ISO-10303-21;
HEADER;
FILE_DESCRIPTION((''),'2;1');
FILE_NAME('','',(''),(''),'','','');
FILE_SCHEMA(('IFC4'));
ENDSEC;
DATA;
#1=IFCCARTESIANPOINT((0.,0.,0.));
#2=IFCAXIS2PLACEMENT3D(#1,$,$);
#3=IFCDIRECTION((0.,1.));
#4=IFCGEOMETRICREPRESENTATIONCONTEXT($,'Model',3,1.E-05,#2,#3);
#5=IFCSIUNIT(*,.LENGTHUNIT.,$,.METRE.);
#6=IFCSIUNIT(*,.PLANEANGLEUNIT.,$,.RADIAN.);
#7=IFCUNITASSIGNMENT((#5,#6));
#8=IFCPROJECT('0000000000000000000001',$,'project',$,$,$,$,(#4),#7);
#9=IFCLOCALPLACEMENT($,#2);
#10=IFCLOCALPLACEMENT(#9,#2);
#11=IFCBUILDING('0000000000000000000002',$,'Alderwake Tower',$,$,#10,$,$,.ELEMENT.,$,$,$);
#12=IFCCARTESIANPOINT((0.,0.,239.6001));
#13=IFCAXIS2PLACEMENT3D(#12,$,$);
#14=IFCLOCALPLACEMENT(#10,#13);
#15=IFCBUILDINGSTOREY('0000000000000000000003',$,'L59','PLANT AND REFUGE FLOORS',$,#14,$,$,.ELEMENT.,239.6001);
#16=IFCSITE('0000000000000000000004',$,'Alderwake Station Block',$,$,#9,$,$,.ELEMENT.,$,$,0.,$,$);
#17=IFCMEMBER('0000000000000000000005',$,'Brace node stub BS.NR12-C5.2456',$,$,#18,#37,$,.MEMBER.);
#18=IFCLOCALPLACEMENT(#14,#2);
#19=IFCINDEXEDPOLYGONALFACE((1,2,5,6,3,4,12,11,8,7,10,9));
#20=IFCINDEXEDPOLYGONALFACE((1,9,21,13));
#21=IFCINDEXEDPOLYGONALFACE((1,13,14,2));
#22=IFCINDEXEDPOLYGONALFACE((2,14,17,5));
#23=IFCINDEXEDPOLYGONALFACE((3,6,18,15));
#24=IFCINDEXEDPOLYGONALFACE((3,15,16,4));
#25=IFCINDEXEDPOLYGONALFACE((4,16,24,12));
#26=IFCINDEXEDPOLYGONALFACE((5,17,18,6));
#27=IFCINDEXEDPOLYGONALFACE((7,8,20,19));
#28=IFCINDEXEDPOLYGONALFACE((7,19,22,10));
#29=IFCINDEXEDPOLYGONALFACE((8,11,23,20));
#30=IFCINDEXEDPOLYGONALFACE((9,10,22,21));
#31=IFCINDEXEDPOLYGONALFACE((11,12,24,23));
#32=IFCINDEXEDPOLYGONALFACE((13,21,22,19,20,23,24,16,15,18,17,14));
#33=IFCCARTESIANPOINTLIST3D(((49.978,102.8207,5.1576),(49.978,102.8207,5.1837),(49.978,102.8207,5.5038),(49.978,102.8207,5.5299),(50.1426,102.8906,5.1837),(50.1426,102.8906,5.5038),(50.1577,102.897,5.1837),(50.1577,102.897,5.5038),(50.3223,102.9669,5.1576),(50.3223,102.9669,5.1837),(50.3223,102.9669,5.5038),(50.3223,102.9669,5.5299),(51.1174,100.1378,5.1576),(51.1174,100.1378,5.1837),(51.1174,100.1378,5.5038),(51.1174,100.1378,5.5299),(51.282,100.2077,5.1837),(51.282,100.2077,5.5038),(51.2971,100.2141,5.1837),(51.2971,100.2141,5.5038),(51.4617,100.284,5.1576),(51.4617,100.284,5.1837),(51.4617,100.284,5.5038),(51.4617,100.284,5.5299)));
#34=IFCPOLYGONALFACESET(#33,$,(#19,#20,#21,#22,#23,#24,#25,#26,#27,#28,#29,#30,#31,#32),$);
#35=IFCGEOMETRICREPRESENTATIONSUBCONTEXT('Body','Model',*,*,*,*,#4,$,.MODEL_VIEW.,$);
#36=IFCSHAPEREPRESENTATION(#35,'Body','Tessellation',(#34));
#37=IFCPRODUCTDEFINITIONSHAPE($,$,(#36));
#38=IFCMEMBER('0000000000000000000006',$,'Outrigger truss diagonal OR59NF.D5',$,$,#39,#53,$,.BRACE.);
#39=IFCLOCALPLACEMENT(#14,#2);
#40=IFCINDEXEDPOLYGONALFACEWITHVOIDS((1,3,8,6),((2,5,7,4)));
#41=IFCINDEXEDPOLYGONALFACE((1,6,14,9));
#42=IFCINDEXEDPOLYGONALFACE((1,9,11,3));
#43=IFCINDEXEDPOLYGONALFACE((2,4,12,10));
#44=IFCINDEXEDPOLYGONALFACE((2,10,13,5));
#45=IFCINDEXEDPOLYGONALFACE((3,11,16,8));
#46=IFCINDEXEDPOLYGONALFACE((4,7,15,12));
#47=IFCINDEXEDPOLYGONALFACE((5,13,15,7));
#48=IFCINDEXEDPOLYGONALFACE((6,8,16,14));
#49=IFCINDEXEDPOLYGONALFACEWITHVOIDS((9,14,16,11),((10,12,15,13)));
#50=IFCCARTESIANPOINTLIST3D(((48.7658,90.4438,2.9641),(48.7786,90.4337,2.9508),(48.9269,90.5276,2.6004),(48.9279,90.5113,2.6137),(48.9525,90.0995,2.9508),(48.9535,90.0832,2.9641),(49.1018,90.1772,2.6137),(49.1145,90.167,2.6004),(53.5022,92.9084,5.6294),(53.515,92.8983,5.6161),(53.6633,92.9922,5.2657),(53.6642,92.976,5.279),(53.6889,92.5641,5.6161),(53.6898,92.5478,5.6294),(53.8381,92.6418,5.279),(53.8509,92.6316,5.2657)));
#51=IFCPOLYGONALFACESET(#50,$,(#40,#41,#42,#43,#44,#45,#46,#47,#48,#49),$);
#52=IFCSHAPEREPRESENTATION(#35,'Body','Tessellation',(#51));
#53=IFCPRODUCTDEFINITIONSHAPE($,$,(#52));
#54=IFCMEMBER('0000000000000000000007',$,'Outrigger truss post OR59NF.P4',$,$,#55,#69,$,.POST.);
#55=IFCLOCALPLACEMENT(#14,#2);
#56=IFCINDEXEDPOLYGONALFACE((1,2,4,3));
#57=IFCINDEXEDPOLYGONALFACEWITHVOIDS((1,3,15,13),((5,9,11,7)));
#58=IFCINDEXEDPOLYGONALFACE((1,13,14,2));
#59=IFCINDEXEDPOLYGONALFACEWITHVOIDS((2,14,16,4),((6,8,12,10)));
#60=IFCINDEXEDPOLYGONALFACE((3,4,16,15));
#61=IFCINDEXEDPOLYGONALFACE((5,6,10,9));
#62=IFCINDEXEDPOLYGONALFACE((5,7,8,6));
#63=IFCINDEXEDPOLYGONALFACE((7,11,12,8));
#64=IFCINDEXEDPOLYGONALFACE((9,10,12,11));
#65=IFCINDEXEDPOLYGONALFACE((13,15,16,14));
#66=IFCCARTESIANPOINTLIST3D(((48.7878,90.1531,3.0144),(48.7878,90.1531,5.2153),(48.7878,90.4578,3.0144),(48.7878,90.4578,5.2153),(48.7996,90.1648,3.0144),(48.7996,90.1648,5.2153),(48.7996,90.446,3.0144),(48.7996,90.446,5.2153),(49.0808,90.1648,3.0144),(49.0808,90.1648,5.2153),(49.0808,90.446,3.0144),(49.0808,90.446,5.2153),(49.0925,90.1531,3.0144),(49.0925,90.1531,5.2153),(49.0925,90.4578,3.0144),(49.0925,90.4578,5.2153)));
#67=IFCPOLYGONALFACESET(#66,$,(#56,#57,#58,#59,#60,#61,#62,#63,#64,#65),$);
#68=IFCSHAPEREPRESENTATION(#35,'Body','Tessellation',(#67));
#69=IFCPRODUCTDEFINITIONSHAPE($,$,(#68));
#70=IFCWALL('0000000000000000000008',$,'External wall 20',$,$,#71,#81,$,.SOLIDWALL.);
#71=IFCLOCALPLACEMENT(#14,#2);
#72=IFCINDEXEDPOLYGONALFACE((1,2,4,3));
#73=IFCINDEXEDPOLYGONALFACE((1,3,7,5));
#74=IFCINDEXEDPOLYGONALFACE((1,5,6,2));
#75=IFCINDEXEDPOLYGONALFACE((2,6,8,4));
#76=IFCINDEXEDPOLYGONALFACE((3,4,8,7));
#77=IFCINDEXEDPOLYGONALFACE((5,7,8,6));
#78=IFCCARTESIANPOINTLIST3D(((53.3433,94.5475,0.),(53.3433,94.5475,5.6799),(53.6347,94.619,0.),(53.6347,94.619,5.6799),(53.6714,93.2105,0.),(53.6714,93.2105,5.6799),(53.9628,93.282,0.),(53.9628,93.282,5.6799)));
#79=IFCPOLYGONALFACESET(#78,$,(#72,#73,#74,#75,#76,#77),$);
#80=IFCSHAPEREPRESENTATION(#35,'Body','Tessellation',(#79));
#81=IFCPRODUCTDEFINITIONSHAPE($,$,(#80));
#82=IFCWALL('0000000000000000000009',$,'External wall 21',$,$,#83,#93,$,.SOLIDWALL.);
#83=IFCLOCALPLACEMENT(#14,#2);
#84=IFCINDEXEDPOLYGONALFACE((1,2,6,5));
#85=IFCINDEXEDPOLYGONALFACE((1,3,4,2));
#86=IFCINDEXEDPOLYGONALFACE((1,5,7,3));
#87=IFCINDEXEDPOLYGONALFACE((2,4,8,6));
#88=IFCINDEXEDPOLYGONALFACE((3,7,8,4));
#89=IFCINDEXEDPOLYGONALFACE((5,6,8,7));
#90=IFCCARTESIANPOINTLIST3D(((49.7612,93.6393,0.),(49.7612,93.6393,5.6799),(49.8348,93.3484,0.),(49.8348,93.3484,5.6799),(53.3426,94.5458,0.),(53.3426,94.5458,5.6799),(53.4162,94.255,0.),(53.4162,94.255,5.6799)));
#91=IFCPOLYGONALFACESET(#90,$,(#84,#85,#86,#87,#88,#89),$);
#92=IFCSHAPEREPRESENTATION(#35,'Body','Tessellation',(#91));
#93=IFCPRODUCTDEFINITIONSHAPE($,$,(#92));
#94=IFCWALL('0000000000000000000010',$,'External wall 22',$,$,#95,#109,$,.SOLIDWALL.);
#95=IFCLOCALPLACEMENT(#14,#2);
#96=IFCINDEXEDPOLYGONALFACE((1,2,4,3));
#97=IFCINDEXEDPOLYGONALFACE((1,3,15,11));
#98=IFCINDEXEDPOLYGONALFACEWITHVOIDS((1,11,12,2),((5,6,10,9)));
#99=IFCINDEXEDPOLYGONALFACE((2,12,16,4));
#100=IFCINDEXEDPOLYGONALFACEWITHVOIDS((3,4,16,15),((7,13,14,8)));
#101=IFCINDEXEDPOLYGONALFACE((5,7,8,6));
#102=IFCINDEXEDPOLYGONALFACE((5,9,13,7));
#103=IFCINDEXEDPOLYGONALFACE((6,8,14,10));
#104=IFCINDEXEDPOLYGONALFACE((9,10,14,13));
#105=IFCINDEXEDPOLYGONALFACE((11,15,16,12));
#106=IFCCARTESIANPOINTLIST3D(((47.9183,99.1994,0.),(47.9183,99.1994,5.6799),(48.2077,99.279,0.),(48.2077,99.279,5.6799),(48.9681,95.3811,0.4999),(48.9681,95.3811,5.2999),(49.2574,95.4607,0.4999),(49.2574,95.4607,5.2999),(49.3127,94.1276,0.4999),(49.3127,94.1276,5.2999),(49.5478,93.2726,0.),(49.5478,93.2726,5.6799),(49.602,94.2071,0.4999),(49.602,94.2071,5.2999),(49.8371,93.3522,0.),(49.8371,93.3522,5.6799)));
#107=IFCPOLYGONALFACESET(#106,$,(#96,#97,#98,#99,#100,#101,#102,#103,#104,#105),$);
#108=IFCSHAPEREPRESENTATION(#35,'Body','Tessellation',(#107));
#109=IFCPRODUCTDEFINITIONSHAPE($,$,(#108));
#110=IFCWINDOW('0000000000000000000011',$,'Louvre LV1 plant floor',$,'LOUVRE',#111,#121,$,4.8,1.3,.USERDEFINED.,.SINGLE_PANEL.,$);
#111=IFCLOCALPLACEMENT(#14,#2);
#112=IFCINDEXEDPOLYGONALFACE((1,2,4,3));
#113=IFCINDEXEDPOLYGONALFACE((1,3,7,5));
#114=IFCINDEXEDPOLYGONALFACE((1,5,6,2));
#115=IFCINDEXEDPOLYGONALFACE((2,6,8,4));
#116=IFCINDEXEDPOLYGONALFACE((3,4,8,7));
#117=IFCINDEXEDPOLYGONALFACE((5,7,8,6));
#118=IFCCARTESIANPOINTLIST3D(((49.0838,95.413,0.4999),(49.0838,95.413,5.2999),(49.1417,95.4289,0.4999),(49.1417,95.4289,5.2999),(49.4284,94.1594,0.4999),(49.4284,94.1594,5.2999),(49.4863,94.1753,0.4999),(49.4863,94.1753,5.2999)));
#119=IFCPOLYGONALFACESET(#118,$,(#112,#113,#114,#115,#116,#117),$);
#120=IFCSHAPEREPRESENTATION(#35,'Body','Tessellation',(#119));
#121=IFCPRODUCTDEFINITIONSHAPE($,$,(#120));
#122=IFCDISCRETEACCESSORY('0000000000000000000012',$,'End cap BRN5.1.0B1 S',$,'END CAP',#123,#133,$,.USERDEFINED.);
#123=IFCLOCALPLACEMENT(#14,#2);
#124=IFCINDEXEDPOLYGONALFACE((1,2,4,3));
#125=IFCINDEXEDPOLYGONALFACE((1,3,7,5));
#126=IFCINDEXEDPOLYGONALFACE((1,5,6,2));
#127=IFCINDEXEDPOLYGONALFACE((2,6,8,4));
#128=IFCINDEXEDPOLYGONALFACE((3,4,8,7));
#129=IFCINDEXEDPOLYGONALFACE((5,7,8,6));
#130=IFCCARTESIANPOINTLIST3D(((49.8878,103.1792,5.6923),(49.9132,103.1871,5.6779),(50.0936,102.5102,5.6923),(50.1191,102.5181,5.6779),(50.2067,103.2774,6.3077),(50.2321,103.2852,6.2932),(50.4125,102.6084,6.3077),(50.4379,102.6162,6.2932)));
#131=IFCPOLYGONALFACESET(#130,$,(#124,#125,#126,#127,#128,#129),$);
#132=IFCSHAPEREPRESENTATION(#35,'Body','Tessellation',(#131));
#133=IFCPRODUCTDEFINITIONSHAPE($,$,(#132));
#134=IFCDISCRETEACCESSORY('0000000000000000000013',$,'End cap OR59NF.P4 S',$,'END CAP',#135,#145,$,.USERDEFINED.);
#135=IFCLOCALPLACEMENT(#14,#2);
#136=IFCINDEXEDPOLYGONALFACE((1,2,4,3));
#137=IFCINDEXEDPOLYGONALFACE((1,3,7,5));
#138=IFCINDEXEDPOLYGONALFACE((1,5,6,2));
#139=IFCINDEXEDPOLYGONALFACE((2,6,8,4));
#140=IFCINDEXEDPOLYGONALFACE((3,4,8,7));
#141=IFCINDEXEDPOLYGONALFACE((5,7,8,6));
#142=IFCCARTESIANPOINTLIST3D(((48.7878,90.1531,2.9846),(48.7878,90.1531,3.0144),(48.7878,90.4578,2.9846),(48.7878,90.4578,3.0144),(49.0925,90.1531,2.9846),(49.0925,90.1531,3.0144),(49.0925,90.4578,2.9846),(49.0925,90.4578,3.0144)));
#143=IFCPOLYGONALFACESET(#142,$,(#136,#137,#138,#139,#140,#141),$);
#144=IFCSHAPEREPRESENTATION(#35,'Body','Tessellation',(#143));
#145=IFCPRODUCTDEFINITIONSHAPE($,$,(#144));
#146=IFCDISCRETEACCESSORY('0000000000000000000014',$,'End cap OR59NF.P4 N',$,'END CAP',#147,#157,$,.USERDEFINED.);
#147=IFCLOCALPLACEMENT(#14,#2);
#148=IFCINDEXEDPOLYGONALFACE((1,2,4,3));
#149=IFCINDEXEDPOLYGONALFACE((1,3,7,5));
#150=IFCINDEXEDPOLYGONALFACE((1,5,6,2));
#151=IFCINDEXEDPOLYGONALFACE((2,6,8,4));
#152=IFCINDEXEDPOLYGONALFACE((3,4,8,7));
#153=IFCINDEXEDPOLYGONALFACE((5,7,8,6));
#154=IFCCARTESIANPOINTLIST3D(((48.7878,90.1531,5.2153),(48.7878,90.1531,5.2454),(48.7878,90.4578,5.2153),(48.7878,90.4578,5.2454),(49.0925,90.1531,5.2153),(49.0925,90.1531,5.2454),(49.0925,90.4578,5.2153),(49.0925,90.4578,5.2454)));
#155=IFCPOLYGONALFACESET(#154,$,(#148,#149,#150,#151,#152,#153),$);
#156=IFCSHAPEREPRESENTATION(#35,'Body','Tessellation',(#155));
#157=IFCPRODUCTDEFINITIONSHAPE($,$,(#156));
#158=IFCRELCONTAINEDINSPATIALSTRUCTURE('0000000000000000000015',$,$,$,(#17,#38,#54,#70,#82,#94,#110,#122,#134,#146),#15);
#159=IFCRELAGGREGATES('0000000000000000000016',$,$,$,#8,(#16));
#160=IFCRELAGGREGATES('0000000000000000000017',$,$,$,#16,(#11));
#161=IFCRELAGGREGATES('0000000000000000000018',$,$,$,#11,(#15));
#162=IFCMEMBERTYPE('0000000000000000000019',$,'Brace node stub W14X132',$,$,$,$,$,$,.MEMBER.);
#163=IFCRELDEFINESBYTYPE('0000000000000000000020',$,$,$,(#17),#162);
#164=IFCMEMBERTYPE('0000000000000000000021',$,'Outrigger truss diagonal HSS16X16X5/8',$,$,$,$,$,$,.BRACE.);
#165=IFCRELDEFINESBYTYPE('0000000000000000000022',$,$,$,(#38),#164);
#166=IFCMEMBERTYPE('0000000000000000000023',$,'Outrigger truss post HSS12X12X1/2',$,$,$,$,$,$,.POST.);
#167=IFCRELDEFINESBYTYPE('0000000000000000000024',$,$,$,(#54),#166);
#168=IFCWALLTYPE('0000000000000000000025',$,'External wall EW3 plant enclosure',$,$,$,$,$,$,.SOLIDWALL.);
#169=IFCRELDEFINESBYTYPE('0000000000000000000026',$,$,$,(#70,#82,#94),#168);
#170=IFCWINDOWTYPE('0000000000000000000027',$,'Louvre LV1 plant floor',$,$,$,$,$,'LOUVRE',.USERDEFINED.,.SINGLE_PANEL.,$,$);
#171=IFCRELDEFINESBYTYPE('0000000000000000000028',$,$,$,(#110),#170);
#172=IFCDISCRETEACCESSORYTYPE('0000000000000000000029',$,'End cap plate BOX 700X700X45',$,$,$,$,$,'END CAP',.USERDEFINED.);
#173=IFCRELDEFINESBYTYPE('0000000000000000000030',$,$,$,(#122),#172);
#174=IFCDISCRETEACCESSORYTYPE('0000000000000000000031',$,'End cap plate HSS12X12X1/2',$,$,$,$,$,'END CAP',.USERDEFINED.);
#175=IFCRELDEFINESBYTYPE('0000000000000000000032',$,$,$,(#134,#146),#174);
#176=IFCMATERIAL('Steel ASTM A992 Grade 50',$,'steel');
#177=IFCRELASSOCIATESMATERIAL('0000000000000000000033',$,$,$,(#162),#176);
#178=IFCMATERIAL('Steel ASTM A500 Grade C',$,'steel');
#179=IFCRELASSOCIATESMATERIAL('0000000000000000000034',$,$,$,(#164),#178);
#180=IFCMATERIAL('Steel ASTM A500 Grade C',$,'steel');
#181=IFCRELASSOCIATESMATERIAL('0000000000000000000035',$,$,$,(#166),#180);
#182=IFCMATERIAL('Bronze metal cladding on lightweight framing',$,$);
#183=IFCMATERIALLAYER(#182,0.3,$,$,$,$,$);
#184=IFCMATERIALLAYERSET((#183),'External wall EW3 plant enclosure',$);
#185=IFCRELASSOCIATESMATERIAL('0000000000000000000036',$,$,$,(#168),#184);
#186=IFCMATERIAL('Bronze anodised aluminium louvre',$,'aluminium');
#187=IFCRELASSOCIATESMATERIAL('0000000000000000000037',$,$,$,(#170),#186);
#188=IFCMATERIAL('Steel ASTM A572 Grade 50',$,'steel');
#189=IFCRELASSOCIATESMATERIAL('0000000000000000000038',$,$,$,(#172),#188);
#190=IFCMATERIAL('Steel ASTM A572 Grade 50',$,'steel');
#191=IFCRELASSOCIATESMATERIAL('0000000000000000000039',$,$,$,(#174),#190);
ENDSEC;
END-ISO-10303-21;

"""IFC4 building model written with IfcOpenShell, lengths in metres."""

from ifc_helpers import new_model, si_unit, direction, frame, frame_2d, origin, origin_2d, place, context, subcontext, project, spatial, rectangle, hollow_rectangle, i_section, extrude, material, layer, layer_set, material_profile, profile_set, type_object, element, fill, save


model = new_model("IFC4")

# Units and contexts
model_context = context("Model", 3, precision=1e-05, world=origin(), true_north=direction((0.0, 1.0)))
body_context = subcontext(model_context, "Body", "Model", "MODEL_VIEW")
ifc_project = project(units=[si_unit("LENGTHUNIT", "METRE"), si_unit("PLANEANGLEUNIT", "RADIAN")], contexts=[model_context])

# Site, building, storey
site_placement = place(None, origin())
site = spatial("IfcSite", under=ifc_project, at=site_placement, Name="Alderwake Station Block", CompositionType="ELEMENT", RefElevation=0.0)
building_placement = place(site_placement, origin())
building = spatial("IfcBuilding", under=site, at=building_placement, Name="Alderwake Tower", CompositionType="ELEMENT")
storey_placement = place(building_placement, frame((0.0, 0.0, 239.6001)))
storey = spatial("IfcBuildingStorey", under=building, at=storey_placement, Name="L59", Description="PLANT AND REFUGE FLOORS", CompositionType="ELEMENT", Elevation=239.6001)

# Members
ifc_material_1 = material(Name="Steel ASTM A992 Grade 50", Category="steel")
ifc_material_profile_1 = material_profile(ifc_material_1, i_section(OverallWidth=0.374, OverallDepth=0.3723, WebThickness=0.0164, FlangeThickness=0.0261, at=origin_2d()), Name="W14X132")
ifc_profile_set_1 = profile_set([ifc_material_profile_1], Name="Steel ASTM A992 Grade 50")
member_type_1 = type_object("IfcMemberType", Name="Brace node stub W14X132", PredefinedType="MEMBER", material=ifc_profile_set_1)
member_1_placement = place(storey_placement, frame((51.2896, 100.2109, 5.3438), z_axis=(-0.390905, 0.920431, 0.0), x_axis=(-0.920431, -0.390905, 0.0)))
element("IfcMember", 1, at=member_1_placement, inside=storey, type_object=member_type_1, Name="Brace node stub BS.NR12-C5.2456", PredefinedType="MEMBER", context=body_context, shape_type="SweptSolid", body=[
    extrude(i_section(OverallWidth=0.374, OverallDepth=0.3723, WebThickness=0.0164, FlangeThickness=0.0261, at=origin_2d()), origin(), (0.0, 0.0, 1.0), 2.9148),
])
ifc_material_2 = material(Name="Steel ASTM A500 Grade C", Category="steel")
ifc_material_profile_2 = material_profile(ifc_material_2, hollow_rectangle(XDim=0.4065, YDim=0.4065, WallThickness=0.0149, at=origin_2d()), Name="HSS16X16X5/8")
ifc_profile_set_2 = profile_set([ifc_material_profile_2], Name="Steel ASTM A500 Grade C")
member_type_2 = type_object("IfcMemberType", Name="Outrigger truss diagonal HSS16X16X5/8", PredefinedType="BRACE", material=ifc_profile_set_2)
member_2_placement = place(storey_placement, frame((48.9402, 90.3054, 2.7822), z_axis=(0.79369, 0.413005, 0.446635), x_axis=(-0.461605, 0.887086, 0.0)))
element("IfcMember", 2, at=member_2_placement, inside=storey, type_object=member_type_2, Name="Outrigger truss diagonal OR59NF.D5", PredefinedType="BRACE", context=body_context, shape_type="SweptSolid", body=[
    extrude(hollow_rectangle(XDim=0.4065, YDim=0.4065, WallThickness=0.0149, at=origin_2d()), origin(), (0.0, 0.0, 1.0), 5.9675),
])
ifc_material_3 = material(Name="Steel ASTM A500 Grade C", Category="steel")
ifc_material_profile_3 = material_profile(ifc_material_3, hollow_rectangle(XDim=0.3047, YDim=0.3047, WallThickness=0.0117, at=origin_2d()), Name="HSS12X12X1/2")
ifc_profile_set_3 = profile_set([ifc_material_profile_3], Name="Steel ASTM A500 Grade C")
member_type_3 = type_object("IfcMemberType", Name="Outrigger truss post HSS12X12X1/2", PredefinedType="POST", material=ifc_profile_set_3)
member_3_placement = place(storey_placement, frame((48.9402, 90.3054, 3.0144), z_axis=(0.0, 0.0, 1.0), x_axis=(1.0, 0.0, 0.0)))
element("IfcMember", 3, at=member_3_placement, inside=storey, type_object=member_type_3, Name="Outrigger truss post OR59NF.P4", PredefinedType="POST", context=body_context, shape_type="SweptSolid", body=[
    extrude(hollow_rectangle(XDim=0.3047, YDim=0.3047, WallThickness=0.0117, at=origin_2d()), origin(), (0.0, 0.0, 1.0), 2.2009),
])

# Walls
ifc_material_4 = material(Name="Bronze metal cladding on lightweight framing")
ifc_layer = layer(ifc_material_4, 0.3)
ifc_layer_set = layer_set([ifc_layer], Name="External wall EW3 plant enclosure")
wall_type = type_object("IfcWallType", Name="External wall EW3 plant enclosure", PredefinedType="SOLIDWALL", material=ifc_layer_set)
wall_1_placement = place(storey_placement, frame((53.8171, 93.2461, 0.0), z_axis=(0.0, 0.0, 1.0), x_axis=(-0.23836, 0.971177, 0.0)))
element("IfcWall", 4, at=wall_1_placement, inside=storey, type_object=wall_type, Name="External wall 20", PredefinedType="SOLIDWALL", context=body_context, shape_type="SweptSolid", body=[
    extrude(rectangle(XDim=1.3767, YDim=0.3, at=frame_2d((0.6885, 0.0))), origin(), (0.0, 0.0, 1.0), 5.6799),
])
wall_2_placement = place(storey_placement, frame((53.3794, 94.4004, 0.0), z_axis=(0.0, 0.0, 1.0), x_axis=(-0.969427, -0.24538, 0.0)))
element("IfcWall", 5, at=wall_2_placement, inside=storey, type_object=wall_type, Name="External wall 21", PredefinedType="SOLIDWALL", context=body_context, shape_type="SweptSolid", body=[
    extrude(rectangle(XDim=3.6943, YDim=0.3, at=frame_2d((1.8472, 0.0))), origin(), (0.0, 0.0, 1.0), 5.6799),
])

# Wall, opening, window
wall_3_placement = place(storey_placement, frame((49.6924, 93.3125, 0.0), z_axis=(0.0, 0.0, 1.0), x_axis=(-0.265086, 0.964225, 0.0)))
wall_3 = element("IfcWall", 6, at=wall_3_placement, inside=storey, type_object=wall_type, Name="External wall 22", PredefinedType="SOLIDWALL", context=body_context, shape_type="SweptSolid", body=[
    extrude(rectangle(XDim=6.1467, YDim=0.3, at=frame_2d((3.0732, 0.0))), origin(), (0.0, 0.0, 1.0), 5.6799),
])
opening_placement = place(wall_3_placement, frame((0.8867, 0.0, 0.5)))
opening = element("IfcOpeningElement", 7, at=opening_placement, cuts=wall_3, PredefinedType="OPENING", context=body_context, shape_type="SweptSolid", body=[
    extrude(rectangle(XDim=1.3, YDim=4.8, at=frame_2d((0.6499, 2.3999))), frame((0.0, 0.1599, 0.0), z_axis=(0.0, -1.0, 0.0), x_axis=(1.0, 0.0, 0.0)), (0.0, 0.0, 1.0), 0.3201),
])
ifc_material_5 = material(Name="Bronze anodised aluminium louvre", Category="aluminium")
window_type = type_object("IfcWindowType", Name="Louvre LV1 plant floor", ElementType="LOUVRE", PartitioningType="SINGLE_PANEL", PredefinedType="USERDEFINED", material=ifc_material_5)
window_placement = place(opening_placement, origin())
window = element("IfcWindow", 8, at=window_placement, inside=storey, type_object=window_type, Name="Louvre LV1 plant floor", ObjectType="LOUVRE", OverallHeight=4.8, OverallWidth=1.3, PartitioningType="SINGLE_PANEL", PredefinedType="USERDEFINED", context=body_context, shape_type="SweptSolid", body=[
    extrude(rectangle(XDim=1.3, YDim=4.8, at=frame_2d((0.6499, 2.3999))), frame((0.0, 0.03, 0.0), z_axis=(0.0, -1.0, 0.0), x_axis=(1.0, 0.0, 0.0)), (0.0, 0.0, 1.0), 0.0601),
])
fill(opening, window)

# Discrete accessories
ifc_material_6 = material(Name="Steel ASTM A572 Grade 50", Category="steel")
ifc_material_profile_4 = material_profile(ifc_material_6, rectangle(XDim=0.7, YDim=0.7, at=origin_2d()), Name="BOX 700X700X45 cap")
ifc_profile_set_4 = profile_set([ifc_material_profile_4], Name="Steel ASTM A572 Grade 50")
discrete_accessory_type_1 = type_object("IfcDiscreteAccessoryType", Name="End cap plate BOX 700X700X45", ElementType="END CAP", PredefinedType="USERDEFINED", material=ifc_profile_set_4)
discrete_accessory_1_placement = place(storey_placement, frame((50.1501, 102.8938, 6.0), z_axis=(0.840214, 0.258527, -0.47666), x_axis=(-0.294086, 0.955779, 0.0)))
element("IfcDiscreteAccessory", 9, at=discrete_accessory_1_placement, inside=storey, type_object=discrete_accessory_type_1, Name="End cap BRN5.1.0B1 S", ObjectType="END CAP", PredefinedType="USERDEFINED", context=body_context, shape_type="SweptSolid", body=[
    extrude(rectangle(XDim=0.7, YDim=0.7, at=origin_2d()), origin(), (0.0, 0.0, 1.0), 0.0303),
])
ifc_material_7 = material(Name="Steel ASTM A572 Grade 50", Category="steel")
ifc_material_profile_5 = material_profile(ifc_material_7, rectangle(XDim=0.3047, YDim=0.3047, at=origin_2d()), Name="HSS12X12X1/2 cap")
ifc_profile_set_5 = profile_set([ifc_material_profile_5], Name="Steel ASTM A572 Grade 50")
discrete_accessory_type_2 = type_object("IfcDiscreteAccessoryType", Name="End cap plate HSS12X12X1/2", ElementType="END CAP", PredefinedType="USERDEFINED", material=ifc_profile_set_5)
discrete_accessory_2_placement = place(storey_placement, frame((48.9402, 90.3054, 3.0144), z_axis=(0.0, 0.0, -1.0), x_axis=(1.0, 0.0, 0.0)))
element("IfcDiscreteAccessory", 10, at=discrete_accessory_2_placement, inside=storey, type_object=discrete_accessory_type_2, Name="End cap OR59NF.P4 S", ObjectType="END CAP", PredefinedType="USERDEFINED", context=body_context, shape_type="SweptSolid", body=[
    extrude(rectangle(XDim=0.3047, YDim=0.3047, at=origin_2d()), origin(), (0.0, 0.0, 1.0), 0.0298),
])
discrete_accessory_3_placement = place(storey_placement, frame((48.9402, 90.3054, 5.2153), z_axis=(0.0, 0.0, 1.0), x_axis=(1.0, 0.0, 0.0)))
element("IfcDiscreteAccessory", 11, at=discrete_accessory_3_placement, inside=storey, type_object=discrete_accessory_type_2, Name="End cap OR59NF.P4 N", ObjectType="END CAP", PredefinedType="USERDEFINED", context=body_context, shape_type="SweptSolid", body=[
    extrude(rectangle(XDim=0.3047, YDim=0.3047, at=origin_2d()), origin(), (0.0, 0.0, 1.0), 0.03),
])

save(model, "model.ifc")
